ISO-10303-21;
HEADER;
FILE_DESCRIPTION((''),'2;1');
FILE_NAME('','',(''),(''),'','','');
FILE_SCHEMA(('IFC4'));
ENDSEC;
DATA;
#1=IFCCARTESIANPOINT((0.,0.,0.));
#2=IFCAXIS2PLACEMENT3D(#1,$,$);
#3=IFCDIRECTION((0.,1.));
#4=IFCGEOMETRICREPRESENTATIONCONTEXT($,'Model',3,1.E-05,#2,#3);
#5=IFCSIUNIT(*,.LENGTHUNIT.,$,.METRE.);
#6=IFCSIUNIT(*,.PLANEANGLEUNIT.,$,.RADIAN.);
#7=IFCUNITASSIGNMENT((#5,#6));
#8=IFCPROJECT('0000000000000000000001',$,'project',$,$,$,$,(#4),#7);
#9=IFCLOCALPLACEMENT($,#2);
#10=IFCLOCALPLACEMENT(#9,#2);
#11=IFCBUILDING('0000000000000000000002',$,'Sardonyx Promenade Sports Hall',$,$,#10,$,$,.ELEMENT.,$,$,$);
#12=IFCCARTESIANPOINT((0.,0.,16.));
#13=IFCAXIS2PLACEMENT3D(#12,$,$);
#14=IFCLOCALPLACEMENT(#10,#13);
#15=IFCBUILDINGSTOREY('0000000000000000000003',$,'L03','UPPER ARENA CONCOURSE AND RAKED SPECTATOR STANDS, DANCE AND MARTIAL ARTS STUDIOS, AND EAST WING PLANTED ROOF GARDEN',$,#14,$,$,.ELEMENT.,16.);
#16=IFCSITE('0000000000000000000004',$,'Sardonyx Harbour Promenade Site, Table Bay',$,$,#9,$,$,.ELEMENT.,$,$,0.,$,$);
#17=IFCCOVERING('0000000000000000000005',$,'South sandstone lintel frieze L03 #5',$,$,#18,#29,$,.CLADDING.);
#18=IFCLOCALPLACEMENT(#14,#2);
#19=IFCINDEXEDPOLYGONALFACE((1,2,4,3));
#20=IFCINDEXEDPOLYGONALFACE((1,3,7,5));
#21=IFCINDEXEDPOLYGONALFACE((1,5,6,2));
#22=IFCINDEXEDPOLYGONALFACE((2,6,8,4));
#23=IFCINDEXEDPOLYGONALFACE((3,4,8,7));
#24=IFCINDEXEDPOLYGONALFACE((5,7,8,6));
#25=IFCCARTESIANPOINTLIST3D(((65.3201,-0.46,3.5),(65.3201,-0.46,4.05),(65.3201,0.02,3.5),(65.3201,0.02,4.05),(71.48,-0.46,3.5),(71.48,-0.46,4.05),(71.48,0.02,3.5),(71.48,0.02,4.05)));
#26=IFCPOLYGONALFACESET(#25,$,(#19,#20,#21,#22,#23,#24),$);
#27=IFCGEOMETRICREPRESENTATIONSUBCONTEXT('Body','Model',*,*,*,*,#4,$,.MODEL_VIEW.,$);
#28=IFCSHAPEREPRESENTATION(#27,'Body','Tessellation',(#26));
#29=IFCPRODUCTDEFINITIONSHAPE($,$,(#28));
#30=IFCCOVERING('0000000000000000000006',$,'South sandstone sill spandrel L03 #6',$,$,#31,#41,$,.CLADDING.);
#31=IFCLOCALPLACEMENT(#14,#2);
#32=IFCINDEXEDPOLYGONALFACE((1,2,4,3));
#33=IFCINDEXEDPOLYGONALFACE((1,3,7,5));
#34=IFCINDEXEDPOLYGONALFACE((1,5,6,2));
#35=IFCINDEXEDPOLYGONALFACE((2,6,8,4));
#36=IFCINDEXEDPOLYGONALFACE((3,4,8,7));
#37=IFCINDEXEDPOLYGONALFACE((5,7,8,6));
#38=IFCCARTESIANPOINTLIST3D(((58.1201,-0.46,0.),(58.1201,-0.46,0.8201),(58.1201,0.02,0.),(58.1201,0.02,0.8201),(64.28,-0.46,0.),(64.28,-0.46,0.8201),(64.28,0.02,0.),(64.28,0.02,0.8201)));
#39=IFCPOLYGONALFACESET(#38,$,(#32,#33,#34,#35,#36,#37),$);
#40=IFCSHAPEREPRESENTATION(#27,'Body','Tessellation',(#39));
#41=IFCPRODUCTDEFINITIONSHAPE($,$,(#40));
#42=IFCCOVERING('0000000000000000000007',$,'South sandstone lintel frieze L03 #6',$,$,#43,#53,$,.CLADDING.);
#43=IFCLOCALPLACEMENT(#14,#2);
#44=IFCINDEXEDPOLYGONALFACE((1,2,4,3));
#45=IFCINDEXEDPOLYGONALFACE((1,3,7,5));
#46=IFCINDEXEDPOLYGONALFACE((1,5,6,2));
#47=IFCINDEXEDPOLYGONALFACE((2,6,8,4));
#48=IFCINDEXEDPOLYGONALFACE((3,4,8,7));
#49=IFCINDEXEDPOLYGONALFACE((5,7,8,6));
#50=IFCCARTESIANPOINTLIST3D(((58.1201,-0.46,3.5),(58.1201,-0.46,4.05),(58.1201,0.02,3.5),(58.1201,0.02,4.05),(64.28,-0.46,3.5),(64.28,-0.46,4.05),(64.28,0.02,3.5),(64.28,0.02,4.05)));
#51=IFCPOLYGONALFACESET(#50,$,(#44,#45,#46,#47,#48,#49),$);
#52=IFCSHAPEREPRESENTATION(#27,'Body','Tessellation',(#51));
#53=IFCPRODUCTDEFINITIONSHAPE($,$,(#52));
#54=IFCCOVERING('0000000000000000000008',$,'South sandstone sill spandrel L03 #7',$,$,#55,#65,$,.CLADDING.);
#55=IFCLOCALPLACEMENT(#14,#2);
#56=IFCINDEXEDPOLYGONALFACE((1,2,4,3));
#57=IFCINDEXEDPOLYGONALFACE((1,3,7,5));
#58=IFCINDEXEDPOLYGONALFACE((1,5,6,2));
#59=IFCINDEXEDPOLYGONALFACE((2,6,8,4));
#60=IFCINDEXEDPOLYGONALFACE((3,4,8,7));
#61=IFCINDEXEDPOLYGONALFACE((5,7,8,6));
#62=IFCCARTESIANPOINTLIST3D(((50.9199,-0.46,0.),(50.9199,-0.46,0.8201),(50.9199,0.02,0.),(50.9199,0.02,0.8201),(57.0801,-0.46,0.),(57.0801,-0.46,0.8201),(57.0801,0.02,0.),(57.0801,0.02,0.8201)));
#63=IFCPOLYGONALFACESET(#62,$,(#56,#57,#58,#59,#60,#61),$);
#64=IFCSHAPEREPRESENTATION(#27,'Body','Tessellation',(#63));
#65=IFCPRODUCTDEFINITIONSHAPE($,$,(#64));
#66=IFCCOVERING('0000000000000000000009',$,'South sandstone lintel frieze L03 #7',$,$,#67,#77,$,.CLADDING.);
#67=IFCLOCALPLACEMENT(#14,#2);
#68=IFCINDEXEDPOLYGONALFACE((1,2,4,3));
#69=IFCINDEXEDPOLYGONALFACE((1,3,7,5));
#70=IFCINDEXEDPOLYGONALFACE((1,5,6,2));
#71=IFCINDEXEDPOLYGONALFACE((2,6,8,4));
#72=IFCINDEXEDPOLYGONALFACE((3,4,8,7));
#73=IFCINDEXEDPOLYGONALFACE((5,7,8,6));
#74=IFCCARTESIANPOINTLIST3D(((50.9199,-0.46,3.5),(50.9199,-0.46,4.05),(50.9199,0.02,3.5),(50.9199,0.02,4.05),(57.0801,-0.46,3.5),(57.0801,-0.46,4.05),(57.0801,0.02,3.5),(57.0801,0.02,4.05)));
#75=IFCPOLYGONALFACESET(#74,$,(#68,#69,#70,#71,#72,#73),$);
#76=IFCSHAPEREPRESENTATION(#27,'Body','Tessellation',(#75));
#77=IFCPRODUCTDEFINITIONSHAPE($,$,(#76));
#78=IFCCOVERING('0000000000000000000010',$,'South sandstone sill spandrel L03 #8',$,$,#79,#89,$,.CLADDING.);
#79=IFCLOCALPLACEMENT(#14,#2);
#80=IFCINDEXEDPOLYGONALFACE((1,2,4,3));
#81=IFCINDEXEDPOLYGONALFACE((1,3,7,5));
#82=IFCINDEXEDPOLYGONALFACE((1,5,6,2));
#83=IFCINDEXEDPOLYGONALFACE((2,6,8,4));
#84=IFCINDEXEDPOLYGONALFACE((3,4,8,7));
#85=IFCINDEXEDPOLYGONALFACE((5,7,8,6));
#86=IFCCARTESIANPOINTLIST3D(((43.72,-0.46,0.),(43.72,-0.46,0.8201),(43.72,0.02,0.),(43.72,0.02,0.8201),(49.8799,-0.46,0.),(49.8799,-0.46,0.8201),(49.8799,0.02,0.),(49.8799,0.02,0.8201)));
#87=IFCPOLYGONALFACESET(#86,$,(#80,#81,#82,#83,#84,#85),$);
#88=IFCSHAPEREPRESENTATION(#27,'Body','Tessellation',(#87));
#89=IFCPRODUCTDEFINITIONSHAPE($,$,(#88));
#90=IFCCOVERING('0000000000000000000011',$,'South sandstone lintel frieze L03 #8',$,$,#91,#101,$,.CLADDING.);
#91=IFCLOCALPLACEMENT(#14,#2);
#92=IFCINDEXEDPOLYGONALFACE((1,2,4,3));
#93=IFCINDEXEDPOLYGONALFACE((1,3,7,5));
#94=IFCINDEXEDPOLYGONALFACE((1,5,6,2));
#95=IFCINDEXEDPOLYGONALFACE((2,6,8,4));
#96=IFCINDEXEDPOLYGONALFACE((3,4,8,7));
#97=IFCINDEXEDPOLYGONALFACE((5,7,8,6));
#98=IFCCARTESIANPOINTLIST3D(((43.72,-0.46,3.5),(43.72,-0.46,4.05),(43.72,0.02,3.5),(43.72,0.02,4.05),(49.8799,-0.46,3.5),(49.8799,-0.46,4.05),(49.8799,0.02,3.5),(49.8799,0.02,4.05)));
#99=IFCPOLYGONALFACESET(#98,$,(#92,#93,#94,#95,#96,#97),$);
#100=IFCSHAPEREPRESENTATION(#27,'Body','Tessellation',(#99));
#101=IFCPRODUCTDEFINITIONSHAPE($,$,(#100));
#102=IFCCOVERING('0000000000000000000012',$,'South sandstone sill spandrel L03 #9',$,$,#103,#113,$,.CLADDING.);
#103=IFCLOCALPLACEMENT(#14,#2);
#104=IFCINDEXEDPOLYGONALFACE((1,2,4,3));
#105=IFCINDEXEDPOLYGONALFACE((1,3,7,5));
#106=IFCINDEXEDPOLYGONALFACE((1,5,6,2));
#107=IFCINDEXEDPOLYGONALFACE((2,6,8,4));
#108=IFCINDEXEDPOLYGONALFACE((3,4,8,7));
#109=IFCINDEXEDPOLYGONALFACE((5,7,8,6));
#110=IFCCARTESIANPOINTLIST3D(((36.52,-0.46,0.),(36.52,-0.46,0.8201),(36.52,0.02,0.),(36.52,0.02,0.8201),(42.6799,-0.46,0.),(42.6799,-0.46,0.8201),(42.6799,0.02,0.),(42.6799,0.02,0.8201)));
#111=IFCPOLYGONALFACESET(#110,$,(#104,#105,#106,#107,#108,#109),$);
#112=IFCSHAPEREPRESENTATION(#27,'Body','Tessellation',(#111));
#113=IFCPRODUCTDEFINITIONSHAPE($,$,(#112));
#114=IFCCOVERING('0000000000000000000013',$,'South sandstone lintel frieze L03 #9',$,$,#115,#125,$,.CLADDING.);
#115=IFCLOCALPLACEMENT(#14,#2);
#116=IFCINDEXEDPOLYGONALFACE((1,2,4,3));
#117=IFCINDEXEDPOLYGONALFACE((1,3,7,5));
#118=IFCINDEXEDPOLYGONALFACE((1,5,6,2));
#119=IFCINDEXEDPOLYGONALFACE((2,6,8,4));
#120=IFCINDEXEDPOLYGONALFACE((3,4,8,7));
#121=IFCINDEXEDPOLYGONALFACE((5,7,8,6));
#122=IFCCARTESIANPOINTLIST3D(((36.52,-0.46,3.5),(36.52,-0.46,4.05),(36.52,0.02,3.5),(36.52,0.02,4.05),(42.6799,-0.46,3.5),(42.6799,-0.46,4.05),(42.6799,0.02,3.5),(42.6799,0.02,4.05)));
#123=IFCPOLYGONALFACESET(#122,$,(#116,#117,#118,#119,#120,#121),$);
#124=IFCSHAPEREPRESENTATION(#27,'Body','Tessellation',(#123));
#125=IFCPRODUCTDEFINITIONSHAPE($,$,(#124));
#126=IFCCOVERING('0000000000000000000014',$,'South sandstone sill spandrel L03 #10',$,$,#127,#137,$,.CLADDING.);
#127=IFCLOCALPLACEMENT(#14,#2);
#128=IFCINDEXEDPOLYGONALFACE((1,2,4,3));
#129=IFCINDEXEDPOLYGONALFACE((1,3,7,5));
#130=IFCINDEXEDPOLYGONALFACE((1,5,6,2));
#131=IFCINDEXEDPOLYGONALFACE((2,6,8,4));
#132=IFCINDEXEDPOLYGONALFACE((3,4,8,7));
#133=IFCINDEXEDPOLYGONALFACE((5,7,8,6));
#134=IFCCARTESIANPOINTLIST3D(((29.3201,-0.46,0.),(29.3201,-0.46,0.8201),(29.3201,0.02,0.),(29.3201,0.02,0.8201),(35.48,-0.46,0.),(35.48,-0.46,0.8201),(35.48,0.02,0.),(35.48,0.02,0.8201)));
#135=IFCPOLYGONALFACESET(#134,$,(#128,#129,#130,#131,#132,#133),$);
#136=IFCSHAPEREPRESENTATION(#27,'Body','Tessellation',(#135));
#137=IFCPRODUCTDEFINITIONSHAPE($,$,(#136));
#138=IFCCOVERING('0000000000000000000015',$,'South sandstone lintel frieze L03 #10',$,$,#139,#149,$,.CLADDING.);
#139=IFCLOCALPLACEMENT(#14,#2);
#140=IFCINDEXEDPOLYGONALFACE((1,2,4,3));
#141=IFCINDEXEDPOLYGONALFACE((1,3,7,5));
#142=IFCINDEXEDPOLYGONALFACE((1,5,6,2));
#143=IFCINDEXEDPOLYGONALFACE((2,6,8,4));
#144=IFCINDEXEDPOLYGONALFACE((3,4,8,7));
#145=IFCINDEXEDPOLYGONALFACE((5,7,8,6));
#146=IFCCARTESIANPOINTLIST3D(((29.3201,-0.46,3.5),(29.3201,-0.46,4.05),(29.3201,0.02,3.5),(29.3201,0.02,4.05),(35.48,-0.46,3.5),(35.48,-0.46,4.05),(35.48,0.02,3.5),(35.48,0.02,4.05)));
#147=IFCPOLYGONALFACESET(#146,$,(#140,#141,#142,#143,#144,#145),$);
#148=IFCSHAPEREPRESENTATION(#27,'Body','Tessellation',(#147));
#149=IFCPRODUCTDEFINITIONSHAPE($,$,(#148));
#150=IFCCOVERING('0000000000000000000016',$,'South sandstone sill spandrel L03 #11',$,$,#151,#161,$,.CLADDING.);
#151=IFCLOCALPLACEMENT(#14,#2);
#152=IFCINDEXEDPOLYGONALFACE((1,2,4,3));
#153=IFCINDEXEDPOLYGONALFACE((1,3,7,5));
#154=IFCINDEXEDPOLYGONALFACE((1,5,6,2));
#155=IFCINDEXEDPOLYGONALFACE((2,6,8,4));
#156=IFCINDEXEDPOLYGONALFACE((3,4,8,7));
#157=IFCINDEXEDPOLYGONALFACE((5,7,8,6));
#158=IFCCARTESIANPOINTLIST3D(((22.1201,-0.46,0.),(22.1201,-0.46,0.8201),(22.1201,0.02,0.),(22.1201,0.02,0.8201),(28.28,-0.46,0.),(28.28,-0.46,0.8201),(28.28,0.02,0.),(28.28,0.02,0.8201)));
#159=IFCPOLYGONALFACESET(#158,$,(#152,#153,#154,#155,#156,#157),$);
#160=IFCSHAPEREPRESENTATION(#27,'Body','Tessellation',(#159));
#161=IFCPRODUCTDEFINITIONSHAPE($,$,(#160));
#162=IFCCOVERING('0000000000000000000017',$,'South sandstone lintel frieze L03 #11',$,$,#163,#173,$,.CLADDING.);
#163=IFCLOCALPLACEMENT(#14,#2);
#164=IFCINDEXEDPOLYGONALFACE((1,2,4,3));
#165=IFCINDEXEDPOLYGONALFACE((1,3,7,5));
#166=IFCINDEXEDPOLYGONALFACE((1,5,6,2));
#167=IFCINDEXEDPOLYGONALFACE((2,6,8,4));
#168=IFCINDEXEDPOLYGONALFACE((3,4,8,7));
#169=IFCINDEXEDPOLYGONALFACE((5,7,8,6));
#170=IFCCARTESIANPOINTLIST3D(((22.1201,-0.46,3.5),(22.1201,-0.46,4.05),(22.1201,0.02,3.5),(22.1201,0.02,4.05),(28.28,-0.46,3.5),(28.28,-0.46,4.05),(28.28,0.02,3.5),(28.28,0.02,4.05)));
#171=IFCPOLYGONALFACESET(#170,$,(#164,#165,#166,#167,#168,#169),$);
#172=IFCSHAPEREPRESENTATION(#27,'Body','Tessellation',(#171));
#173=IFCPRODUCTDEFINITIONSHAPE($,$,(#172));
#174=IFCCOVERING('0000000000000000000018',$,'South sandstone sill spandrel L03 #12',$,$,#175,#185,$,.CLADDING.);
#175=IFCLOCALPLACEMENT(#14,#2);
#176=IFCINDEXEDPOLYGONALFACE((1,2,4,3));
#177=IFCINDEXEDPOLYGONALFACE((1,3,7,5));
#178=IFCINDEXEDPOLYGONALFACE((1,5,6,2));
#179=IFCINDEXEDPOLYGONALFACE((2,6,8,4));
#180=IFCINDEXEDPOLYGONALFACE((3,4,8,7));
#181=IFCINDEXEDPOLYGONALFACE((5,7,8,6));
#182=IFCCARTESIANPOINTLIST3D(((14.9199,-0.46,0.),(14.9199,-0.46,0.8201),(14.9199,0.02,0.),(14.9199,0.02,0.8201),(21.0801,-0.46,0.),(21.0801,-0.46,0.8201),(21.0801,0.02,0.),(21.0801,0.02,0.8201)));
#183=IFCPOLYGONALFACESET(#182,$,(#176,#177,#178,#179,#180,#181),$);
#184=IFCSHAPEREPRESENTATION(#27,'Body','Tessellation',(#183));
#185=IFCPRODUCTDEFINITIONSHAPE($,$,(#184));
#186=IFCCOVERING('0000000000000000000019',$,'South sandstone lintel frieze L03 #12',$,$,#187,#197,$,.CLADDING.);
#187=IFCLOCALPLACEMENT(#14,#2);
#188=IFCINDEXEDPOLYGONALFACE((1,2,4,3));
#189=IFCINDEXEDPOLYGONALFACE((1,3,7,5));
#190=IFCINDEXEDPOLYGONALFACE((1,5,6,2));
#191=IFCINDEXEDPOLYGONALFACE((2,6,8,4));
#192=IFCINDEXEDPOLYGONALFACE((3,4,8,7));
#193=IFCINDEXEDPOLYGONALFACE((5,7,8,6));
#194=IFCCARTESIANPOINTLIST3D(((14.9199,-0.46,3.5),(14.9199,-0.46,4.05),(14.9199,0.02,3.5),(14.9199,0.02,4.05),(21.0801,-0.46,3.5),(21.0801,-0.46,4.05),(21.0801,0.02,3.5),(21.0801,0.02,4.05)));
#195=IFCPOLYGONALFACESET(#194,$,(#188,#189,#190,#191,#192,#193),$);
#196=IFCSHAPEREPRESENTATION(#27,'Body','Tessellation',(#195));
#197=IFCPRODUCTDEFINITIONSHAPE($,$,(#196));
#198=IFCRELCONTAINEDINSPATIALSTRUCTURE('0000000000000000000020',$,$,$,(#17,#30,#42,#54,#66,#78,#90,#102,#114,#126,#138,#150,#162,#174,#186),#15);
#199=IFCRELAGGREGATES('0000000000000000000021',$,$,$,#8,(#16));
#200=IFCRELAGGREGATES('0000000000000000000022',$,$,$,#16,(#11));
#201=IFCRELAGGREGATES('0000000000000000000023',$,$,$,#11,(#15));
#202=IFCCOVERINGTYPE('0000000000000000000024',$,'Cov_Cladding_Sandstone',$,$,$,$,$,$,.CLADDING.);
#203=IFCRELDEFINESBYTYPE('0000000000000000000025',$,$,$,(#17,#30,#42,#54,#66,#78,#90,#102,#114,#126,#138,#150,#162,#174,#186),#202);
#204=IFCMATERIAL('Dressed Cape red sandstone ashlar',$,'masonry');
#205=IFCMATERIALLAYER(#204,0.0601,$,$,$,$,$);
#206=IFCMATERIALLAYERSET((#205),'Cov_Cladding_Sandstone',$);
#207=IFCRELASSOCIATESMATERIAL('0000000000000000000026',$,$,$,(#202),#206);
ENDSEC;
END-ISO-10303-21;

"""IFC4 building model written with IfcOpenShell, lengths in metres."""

from ifc_helpers import new_model, si_unit, direction, frame, origin, place, context, subcontext, project, spatial, polyline, outline, extrude, material, layer, layer_set, type_object, element, save


model = new_model("IFC4")

# Units and contexts
model_context = context("Model", 3, precision=1e-05, world=origin(), true_north=direction((0.0, 1.0)))
body_context = subcontext(model_context, "Body", "Model", "MODEL_VIEW")
ifc_project = project(units=[si_unit("LENGTHUNIT", "METRE"), si_unit("PLANEANGLEUNIT", "RADIAN")], contexts=[model_context])

# Site, building, storey
site_placement = place(None, origin())
site = spatial("IfcSite", under=ifc_project, at=site_placement, Name="Sardonyx Harbour Promenade Site, Table Bay", CompositionType="ELEMENT", RefElevation=0.0)
building_placement = place(site_placement, origin())
building = spatial("IfcBuilding", under=site, at=building_placement, Name="Sardonyx Promenade Sports Hall", CompositionType="ELEMENT")
storey_placement = place(building_placement, frame((0.0, 0.0, 16.0)))
storey = spatial("IfcBuildingStorey", under=building, at=storey_placement, Name="L03", Description="UPPER ARENA CONCOURSE AND RAKED SPECTATOR STANDS, DANCE AND MARTIAL ARTS STUDIOS, AND EAST WING PLANTED ROOF GARDEN", CompositionType="ELEMENT", Elevation=16.0)

# Coverings
ifc_material = material(Name="Dressed Cape red sandstone ashlar", Category="masonry")
ifc_layer = layer(ifc_material, 0.0601)
ifc_layer_set = layer_set([ifc_layer], Name="Cov_Cladding_Sandstone")
covering_type = type_object("IfcCoveringType", Name="Cov_Cladding_Sandstone", PredefinedType="CLADDING", material=ifc_layer_set)
covering_1_placement = place(storey_placement, frame((0.0, 0.0, 3.5)))
element("IfcCovering", 1, at=covering_1_placement, inside=storey, type_object=covering_type, Name="South sandstone lintel frieze L03 #5", PredefinedType="CLADDING", context=body_context, shape_type="SweptSolid", body=[
    extrude(outline(polyline([(65.3201, -0.46), (71.48, -0.46), (71.48, 0.02), (65.3201, 0.02), (65.3201, -0.46)])), origin(), (0.0, 0.0, 1.0), 0.55),
])
covering_2_placement = place(storey_placement, origin())
element("IfcCovering", 2, at=covering_2_placement, inside=storey, type_object=covering_type, Name="South sandstone sill spandrel L03 #6", PredefinedType="CLADDING", context=body_context, shape_type="SweptSolid", body=[
    extrude(outline(polyline([(58.1201, -0.46), (64.28, -0.46), (64.28, 0.02), (58.1201, 0.02), (58.1201, -0.46)])), origin(), (0.0, 0.0, 1.0), 0.8201),
])
covering_3_placement = place(storey_placement, frame((0.0, 0.0, 3.5)))
element("IfcCovering", 3, at=covering_3_placement, inside=storey, type_object=covering_type, Name="South sandstone lintel frieze L03 #6", PredefinedType="CLADDING", context=body_context, shape_type="SweptSolid", body=[
    extrude(outline(polyline([(58.1201, -0.46), (64.28, -0.46), (64.28, 0.02), (58.1201, 0.02), (58.1201, -0.46)])), origin(), (0.0, 0.0, 1.0), 0.55),
])
covering_4_placement = place(storey_placement, origin())
element("IfcCovering", 4, at=covering_4_placement, inside=storey, type_object=covering_type, Name="South sandstone sill spandrel L03 #7", PredefinedType="CLADDING", context=body_context, shape_type="SweptSolid", body=[
    extrude(outline(polyline([(50.9199, -0.46), (57.0801, -0.46), (57.0801, 0.02), (50.9199, 0.02), (50.9199, -0.46)])), origin(), (0.0, 0.0, 1.0), 0.8201),
])
covering_5_placement = place(storey_placement, frame((0.0, 0.0, 3.5)))
element("IfcCovering", 5, at=covering_5_placement, inside=storey, type_object=covering_type, Name="South sandstone lintel frieze L03 #7", PredefinedType="CLADDING", context=body_context, shape_type="SweptSolid", body=[
    extrude(outline(polyline([(50.9199, -0.46), (57.0801, -0.46), (57.0801, 0.02), (50.9199, 0.02), (50.9199, -0.46)])), origin(), (0.0, 0.0, 1.0), 0.55),
])
covering_6_placement = place(storey_placement, origin())
element("IfcCovering", 6, at=covering_6_placement, inside=storey, type_object=covering_type, Name="South sandstone sill spandrel L03 #8", PredefinedType="CLADDING", context=body_context, shape_type="SweptSolid", body=[
    extrude(outline(polyline([(43.72, -0.46), (49.8799, -0.46), (49.8799, 0.02), (43.72, 0.02), (43.72, -0.46)])), origin(), (0.0, 0.0, 1.0), 0.8201),
])
covering_7_placement = place(storey_placement, frame((0.0, 0.0, 3.5)))
element("IfcCovering", 7, at=covering_7_placement, inside=storey, type_object=covering_type, Name="South sandstone lintel frieze L03 #8", PredefinedType="CLADDING", context=body_context, shape_type="SweptSolid", body=[
    extrude(outline(polyline([(43.72, -0.46), (49.8799, -0.46), (49.8799, 0.02), (43.72, 0.02), (43.72, -0.46)])), origin(), (0.0, 0.0, 1.0), 0.55),
])
covering_8_placement = place(storey_placement, origin())
element("IfcCovering", 8, at=covering_8_placement, inside=storey, type_object=covering_type, Name="South sandstone sill spandrel L03 #9", PredefinedType="CLADDING", context=body_context, shape_type="SweptSolid", body=[
    extrude(outline(polyline([(36.52, -0.46), (42.6799, -0.46), (42.6799, 0.02), (36.52, 0.02), (36.52, -0.46)])), origin(), (0.0, 0.0, 1.0), 0.8201),
])
covering_9_placement = place(storey_placement, frame((0.0, 0.0, 3.5)))
element("IfcCovering", 9, at=covering_9_placement, inside=storey, type_object=covering_type, Name="South sandstone lintel frieze L03 #9", PredefinedType="CLADDING", context=body_context, shape_type="SweptSolid", body=[
    extrude(outline(polyline([(36.52, -0.46), (42.6799, -0.46), (42.6799, 0.02), (36.52, 0.02), (36.52, -0.46)])), origin(), (0.0, 0.0, 1.0), 0.55),
])
covering_10_placement = place(storey_placement, origin())
element("IfcCovering", 10, at=covering_10_placement, inside=storey, type_object=covering_type, Name="South sandstone sill spandrel L03 #10", PredefinedType="CLADDING", context=body_context, shape_type="SweptSolid", body=[
    extrude(outline(polyline([(29.3201, -0.46), (35.48, -0.46), (35.48, 0.02), (29.3201, 0.02), (29.3201, -0.46)])), origin(), (0.0, 0.0, 1.0), 0.8201),
])
covering_11_placement = place(storey_placement, frame((0.0, 0.0, 3.5)))
element("IfcCovering", 11, at=covering_11_placement, inside=storey, type_object=covering_type, Name="South sandstone lintel frieze L03 #10", PredefinedType="CLADDING", context=body_context, shape_type="SweptSolid", body=[
    extrude(outline(polyline([(29.3201, -0.46), (35.48, -0.46), (35.48, 0.02), (29.3201, 0.02), (29.3201, -0.46)])), origin(), (0.0, 0.0, 1.0), 0.55),
])
covering_12_placement = place(storey_placement, origin())
element("IfcCovering", 12, at=covering_12_placement, inside=storey, type_object=covering_type, Name="South sandstone sill spandrel L03 #11", PredefinedType="CLADDING", context=body_context, shape_type="SweptSolid", body=[
    extrude(outline(polyline([(22.1201, -0.46), (28.28, -0.46), (28.28, 0.02), (22.1201, 0.02), (22.1201, -0.46)])), origin(), (0.0, 0.0, 1.0), 0.8201),
])
covering_13_placement = place(storey_placement, frame((0.0, 0.0, 3.5)))
element("IfcCovering", 13, at=covering_13_placement, inside=storey, type_object=covering_type, Name="South sandstone lintel frieze L03 #11", PredefinedType="CLADDING", context=body_context, shape_type="SweptSolid", body=[
    extrude(outline(polyline([(22.1201, -0.46), (28.28, -0.46), (28.28, 0.02), (22.1201, 0.02), (22.1201, -0.46)])), origin(), (0.0, 0.0, 1.0), 0.55),
])
covering_14_placement = place(storey_placement, origin())
element("IfcCovering", 14, at=covering_14_placement, inside=storey, type_object=covering_type, Name="South sandstone sill spandrel L03 #12", PredefinedType="CLADDING", context=body_context, shape_type="SweptSolid", body=[
    extrude(outline(polyline([(14.9199, -0.46), (21.0801, -0.46), (21.0801, 0.02), (14.9199, 0.02), (14.9199, -0.46)])), origin(), (0.0, 0.0, 1.0), 0.8201),
])
covering_15_placement = place(storey_placement, frame((0.0, 0.0, 3.5)))
element("IfcCovering", 15, at=covering_15_placement, inside=storey, type_object=covering_type, Name="South sandstone lintel frieze L03 #12", PredefinedType="CLADDING", context=body_context, shape_type="SweptSolid", body=[
    extrude(outline(polyline([(14.9199, -0.46), (21.0801, -0.46), (21.0801, 0.02), (14.9199, 0.02), (14.9199, -0.46)])), origin(), (0.0, 0.0, 1.0), 0.55),
])

save(model, "model.ifc")
